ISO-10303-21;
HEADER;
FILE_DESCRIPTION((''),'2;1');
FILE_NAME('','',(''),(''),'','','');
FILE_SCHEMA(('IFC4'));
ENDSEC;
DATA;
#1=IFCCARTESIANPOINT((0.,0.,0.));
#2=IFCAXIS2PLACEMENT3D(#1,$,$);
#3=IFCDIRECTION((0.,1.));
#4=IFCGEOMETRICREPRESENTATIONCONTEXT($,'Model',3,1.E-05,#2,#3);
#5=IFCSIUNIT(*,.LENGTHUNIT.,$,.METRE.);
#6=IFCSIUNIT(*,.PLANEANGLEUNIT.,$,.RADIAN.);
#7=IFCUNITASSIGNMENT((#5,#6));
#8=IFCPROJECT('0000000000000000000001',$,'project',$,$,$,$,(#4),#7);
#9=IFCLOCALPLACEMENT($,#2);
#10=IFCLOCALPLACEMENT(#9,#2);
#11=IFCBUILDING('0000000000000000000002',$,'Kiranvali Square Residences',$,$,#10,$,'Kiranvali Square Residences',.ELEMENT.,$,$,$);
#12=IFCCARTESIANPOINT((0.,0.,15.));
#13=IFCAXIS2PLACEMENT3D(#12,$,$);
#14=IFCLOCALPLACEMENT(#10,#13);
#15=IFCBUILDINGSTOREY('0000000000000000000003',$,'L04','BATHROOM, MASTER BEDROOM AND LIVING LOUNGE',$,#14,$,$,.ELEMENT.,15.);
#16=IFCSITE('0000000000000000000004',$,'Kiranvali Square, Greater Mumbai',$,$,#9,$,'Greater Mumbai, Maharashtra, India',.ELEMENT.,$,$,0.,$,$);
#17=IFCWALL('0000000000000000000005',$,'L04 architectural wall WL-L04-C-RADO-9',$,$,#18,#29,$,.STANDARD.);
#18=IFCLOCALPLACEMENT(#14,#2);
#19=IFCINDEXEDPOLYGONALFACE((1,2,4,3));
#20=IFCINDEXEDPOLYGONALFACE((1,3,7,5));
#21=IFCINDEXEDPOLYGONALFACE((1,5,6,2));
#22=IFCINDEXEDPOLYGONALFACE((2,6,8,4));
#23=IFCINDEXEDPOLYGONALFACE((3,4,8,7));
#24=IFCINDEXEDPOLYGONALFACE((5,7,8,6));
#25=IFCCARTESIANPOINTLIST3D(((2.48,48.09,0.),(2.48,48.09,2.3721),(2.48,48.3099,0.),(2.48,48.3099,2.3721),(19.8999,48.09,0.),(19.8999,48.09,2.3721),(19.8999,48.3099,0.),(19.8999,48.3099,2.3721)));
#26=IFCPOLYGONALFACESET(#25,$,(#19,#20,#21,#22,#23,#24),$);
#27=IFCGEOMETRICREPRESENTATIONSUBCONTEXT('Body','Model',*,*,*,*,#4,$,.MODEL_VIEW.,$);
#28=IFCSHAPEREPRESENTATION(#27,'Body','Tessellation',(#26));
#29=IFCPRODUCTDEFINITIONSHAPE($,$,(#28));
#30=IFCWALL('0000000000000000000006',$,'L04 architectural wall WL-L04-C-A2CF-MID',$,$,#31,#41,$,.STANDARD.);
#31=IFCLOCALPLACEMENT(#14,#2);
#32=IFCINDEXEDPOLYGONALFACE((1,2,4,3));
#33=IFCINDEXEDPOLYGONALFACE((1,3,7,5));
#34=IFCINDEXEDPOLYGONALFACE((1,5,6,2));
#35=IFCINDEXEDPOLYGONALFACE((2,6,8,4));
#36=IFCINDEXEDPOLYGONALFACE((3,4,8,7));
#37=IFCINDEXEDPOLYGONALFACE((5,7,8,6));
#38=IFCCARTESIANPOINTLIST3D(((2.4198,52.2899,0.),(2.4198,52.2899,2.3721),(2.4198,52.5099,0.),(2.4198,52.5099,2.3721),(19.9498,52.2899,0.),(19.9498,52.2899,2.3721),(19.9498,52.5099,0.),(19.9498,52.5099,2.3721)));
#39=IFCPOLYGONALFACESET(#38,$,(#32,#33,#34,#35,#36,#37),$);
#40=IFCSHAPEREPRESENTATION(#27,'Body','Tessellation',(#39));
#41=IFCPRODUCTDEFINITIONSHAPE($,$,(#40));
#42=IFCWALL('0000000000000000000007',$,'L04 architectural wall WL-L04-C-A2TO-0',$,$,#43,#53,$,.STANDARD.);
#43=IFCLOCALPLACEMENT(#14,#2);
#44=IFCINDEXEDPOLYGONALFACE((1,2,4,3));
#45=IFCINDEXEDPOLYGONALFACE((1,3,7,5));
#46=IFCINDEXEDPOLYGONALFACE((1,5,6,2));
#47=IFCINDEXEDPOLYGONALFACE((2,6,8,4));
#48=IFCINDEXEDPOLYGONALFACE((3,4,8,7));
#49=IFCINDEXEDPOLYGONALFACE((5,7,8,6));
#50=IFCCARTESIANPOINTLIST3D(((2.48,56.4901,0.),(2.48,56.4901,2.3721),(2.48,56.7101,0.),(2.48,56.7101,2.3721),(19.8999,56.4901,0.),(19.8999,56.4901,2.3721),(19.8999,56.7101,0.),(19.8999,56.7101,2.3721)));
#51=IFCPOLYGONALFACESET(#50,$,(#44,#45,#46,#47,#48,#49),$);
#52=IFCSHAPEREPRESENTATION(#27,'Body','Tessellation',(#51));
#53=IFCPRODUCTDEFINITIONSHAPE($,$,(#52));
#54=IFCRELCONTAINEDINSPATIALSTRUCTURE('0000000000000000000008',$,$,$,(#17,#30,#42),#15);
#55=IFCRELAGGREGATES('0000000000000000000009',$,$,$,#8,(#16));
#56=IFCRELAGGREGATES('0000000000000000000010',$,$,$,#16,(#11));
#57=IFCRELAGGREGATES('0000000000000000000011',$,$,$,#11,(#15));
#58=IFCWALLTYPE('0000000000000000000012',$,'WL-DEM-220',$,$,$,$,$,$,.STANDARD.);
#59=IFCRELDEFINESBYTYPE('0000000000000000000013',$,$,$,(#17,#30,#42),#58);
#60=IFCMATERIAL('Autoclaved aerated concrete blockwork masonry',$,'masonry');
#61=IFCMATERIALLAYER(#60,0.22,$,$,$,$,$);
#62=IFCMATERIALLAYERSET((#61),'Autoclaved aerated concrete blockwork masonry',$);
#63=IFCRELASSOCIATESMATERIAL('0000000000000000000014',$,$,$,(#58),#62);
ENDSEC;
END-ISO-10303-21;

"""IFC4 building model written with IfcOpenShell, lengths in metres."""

from ifc_helpers import new_model, si_unit, direction, frame, frame_2d, origin, place, context, subcontext, project, spatial, rectangle, extrude, material, layer, layer_set, type_object, element, save


model = new_model("IFC4")

# Units and contexts
model_context = context("Model", 3, precision=1e-05, world=origin(), true_north=direction((0.0, 1.0)))
body_context = subcontext(model_context, "Body", "Model", "MODEL_VIEW")
ifc_project = project(units=[si_unit("LENGTHUNIT", "METRE"), si_unit("PLANEANGLEUNIT", "RADIAN")], contexts=[model_context])

# Site, building, storey
site_placement = place(None, origin())
site = spatial("IfcSite", under=ifc_project, at=site_placement, Name="Kiranvali Square, Greater Mumbai", LongName="Greater Mumbai, Maharashtra, India", CompositionType="ELEMENT", RefElevation=0.0)
building_placement = place(site_placement, origin())
building = spatial("IfcBuilding", under=site, at=building_placement, Name="Kiranvali Square Residences", LongName="Kiranvali Square Residences", CompositionType="ELEMENT")
storey_placement = place(building_placement, frame((0.0, 0.0, 15.0)))
storey = spatial("IfcBuildingStorey", under=building, at=storey_placement, Name="L04", Description="BATHROOM, MASTER BEDROOM AND LIVING LOUNGE", CompositionType="ELEMENT", Elevation=15.0)

# Shared definitions
ifc_material_1 = material(Name="Autoclaved aerated concrete blockwork masonry", Category="masonry")

# Walls
ifc_layer_1 = layer(ifc_material_1, 0.22)
ifc_layer_set_1 = layer_set([ifc_layer_1], Name="Autoclaved aerated concrete blockwork masonry")
wall_type_1 = type_object("IfcWallType", Name="WL-DEM-220", PredefinedType="STANDARD", material=ifc_layer_set_1)
wall_1_placement = place(storey_placement, frame((19.8999, 48.2, 0.0), z_axis=(0.0, 0.0, 1.0), x_axis=(-1.0, 0.0, 0.0)))
element("IfcWall", 1, at=wall_1_placement, inside=storey, type_object=wall_type_1, Name="L04 architectural wall WL-L04-C-RADO-9", PredefinedType="STANDARD", context=body_context, shape_type="SweptSolid", body=[
    extrude(rectangle(XDim=17.4199, YDim=0.22, at=frame_2d((8.71, 0.0))), origin(), (0.0, 0.0, 1.0), 2.3721),
])
wall_2_placement = place(storey_placement, frame((19.95, 52.3999, 0.0), z_axis=(0.0, 0.0, 1.0), x_axis=(-1.0, 0.0, 0.0)))
element("IfcWall", 2, at=wall_2_placement, inside=storey, type_object=wall_type_1, Name="L04 architectural wall WL-L04-C-A2CF-MID", PredefinedType="STANDARD", context=body_context, shape_type="SweptSolid", body=[
    extrude(rectangle(XDim=17.53, YDim=0.22, at=frame_2d((8.7651, 0.0))), origin(), (0.0, 0.0, 1.0), 2.3721),
])
wall_3_placement = place(storey_placement, frame((19.8999, 56.6001, 0.0), z_axis=(0.0, 0.0, 1.0), x_axis=(-1.0, 0.0, 0.0)))
element("IfcWall", 3, at=wall_3_placement, inside=storey, type_object=wall_type_1, Name="L04 architectural wall WL-L04-C-A2TO-0", PredefinedType="STANDARD", context=body_context, shape_type="SweptSolid", body=[
    extrude(rectangle(XDim=17.4199, YDim=0.22, at=frame_2d((8.71, 0.0))), origin(), (0.0, 0.0, 1.0), 2.3721),
])

save(model, "model.ifc")
